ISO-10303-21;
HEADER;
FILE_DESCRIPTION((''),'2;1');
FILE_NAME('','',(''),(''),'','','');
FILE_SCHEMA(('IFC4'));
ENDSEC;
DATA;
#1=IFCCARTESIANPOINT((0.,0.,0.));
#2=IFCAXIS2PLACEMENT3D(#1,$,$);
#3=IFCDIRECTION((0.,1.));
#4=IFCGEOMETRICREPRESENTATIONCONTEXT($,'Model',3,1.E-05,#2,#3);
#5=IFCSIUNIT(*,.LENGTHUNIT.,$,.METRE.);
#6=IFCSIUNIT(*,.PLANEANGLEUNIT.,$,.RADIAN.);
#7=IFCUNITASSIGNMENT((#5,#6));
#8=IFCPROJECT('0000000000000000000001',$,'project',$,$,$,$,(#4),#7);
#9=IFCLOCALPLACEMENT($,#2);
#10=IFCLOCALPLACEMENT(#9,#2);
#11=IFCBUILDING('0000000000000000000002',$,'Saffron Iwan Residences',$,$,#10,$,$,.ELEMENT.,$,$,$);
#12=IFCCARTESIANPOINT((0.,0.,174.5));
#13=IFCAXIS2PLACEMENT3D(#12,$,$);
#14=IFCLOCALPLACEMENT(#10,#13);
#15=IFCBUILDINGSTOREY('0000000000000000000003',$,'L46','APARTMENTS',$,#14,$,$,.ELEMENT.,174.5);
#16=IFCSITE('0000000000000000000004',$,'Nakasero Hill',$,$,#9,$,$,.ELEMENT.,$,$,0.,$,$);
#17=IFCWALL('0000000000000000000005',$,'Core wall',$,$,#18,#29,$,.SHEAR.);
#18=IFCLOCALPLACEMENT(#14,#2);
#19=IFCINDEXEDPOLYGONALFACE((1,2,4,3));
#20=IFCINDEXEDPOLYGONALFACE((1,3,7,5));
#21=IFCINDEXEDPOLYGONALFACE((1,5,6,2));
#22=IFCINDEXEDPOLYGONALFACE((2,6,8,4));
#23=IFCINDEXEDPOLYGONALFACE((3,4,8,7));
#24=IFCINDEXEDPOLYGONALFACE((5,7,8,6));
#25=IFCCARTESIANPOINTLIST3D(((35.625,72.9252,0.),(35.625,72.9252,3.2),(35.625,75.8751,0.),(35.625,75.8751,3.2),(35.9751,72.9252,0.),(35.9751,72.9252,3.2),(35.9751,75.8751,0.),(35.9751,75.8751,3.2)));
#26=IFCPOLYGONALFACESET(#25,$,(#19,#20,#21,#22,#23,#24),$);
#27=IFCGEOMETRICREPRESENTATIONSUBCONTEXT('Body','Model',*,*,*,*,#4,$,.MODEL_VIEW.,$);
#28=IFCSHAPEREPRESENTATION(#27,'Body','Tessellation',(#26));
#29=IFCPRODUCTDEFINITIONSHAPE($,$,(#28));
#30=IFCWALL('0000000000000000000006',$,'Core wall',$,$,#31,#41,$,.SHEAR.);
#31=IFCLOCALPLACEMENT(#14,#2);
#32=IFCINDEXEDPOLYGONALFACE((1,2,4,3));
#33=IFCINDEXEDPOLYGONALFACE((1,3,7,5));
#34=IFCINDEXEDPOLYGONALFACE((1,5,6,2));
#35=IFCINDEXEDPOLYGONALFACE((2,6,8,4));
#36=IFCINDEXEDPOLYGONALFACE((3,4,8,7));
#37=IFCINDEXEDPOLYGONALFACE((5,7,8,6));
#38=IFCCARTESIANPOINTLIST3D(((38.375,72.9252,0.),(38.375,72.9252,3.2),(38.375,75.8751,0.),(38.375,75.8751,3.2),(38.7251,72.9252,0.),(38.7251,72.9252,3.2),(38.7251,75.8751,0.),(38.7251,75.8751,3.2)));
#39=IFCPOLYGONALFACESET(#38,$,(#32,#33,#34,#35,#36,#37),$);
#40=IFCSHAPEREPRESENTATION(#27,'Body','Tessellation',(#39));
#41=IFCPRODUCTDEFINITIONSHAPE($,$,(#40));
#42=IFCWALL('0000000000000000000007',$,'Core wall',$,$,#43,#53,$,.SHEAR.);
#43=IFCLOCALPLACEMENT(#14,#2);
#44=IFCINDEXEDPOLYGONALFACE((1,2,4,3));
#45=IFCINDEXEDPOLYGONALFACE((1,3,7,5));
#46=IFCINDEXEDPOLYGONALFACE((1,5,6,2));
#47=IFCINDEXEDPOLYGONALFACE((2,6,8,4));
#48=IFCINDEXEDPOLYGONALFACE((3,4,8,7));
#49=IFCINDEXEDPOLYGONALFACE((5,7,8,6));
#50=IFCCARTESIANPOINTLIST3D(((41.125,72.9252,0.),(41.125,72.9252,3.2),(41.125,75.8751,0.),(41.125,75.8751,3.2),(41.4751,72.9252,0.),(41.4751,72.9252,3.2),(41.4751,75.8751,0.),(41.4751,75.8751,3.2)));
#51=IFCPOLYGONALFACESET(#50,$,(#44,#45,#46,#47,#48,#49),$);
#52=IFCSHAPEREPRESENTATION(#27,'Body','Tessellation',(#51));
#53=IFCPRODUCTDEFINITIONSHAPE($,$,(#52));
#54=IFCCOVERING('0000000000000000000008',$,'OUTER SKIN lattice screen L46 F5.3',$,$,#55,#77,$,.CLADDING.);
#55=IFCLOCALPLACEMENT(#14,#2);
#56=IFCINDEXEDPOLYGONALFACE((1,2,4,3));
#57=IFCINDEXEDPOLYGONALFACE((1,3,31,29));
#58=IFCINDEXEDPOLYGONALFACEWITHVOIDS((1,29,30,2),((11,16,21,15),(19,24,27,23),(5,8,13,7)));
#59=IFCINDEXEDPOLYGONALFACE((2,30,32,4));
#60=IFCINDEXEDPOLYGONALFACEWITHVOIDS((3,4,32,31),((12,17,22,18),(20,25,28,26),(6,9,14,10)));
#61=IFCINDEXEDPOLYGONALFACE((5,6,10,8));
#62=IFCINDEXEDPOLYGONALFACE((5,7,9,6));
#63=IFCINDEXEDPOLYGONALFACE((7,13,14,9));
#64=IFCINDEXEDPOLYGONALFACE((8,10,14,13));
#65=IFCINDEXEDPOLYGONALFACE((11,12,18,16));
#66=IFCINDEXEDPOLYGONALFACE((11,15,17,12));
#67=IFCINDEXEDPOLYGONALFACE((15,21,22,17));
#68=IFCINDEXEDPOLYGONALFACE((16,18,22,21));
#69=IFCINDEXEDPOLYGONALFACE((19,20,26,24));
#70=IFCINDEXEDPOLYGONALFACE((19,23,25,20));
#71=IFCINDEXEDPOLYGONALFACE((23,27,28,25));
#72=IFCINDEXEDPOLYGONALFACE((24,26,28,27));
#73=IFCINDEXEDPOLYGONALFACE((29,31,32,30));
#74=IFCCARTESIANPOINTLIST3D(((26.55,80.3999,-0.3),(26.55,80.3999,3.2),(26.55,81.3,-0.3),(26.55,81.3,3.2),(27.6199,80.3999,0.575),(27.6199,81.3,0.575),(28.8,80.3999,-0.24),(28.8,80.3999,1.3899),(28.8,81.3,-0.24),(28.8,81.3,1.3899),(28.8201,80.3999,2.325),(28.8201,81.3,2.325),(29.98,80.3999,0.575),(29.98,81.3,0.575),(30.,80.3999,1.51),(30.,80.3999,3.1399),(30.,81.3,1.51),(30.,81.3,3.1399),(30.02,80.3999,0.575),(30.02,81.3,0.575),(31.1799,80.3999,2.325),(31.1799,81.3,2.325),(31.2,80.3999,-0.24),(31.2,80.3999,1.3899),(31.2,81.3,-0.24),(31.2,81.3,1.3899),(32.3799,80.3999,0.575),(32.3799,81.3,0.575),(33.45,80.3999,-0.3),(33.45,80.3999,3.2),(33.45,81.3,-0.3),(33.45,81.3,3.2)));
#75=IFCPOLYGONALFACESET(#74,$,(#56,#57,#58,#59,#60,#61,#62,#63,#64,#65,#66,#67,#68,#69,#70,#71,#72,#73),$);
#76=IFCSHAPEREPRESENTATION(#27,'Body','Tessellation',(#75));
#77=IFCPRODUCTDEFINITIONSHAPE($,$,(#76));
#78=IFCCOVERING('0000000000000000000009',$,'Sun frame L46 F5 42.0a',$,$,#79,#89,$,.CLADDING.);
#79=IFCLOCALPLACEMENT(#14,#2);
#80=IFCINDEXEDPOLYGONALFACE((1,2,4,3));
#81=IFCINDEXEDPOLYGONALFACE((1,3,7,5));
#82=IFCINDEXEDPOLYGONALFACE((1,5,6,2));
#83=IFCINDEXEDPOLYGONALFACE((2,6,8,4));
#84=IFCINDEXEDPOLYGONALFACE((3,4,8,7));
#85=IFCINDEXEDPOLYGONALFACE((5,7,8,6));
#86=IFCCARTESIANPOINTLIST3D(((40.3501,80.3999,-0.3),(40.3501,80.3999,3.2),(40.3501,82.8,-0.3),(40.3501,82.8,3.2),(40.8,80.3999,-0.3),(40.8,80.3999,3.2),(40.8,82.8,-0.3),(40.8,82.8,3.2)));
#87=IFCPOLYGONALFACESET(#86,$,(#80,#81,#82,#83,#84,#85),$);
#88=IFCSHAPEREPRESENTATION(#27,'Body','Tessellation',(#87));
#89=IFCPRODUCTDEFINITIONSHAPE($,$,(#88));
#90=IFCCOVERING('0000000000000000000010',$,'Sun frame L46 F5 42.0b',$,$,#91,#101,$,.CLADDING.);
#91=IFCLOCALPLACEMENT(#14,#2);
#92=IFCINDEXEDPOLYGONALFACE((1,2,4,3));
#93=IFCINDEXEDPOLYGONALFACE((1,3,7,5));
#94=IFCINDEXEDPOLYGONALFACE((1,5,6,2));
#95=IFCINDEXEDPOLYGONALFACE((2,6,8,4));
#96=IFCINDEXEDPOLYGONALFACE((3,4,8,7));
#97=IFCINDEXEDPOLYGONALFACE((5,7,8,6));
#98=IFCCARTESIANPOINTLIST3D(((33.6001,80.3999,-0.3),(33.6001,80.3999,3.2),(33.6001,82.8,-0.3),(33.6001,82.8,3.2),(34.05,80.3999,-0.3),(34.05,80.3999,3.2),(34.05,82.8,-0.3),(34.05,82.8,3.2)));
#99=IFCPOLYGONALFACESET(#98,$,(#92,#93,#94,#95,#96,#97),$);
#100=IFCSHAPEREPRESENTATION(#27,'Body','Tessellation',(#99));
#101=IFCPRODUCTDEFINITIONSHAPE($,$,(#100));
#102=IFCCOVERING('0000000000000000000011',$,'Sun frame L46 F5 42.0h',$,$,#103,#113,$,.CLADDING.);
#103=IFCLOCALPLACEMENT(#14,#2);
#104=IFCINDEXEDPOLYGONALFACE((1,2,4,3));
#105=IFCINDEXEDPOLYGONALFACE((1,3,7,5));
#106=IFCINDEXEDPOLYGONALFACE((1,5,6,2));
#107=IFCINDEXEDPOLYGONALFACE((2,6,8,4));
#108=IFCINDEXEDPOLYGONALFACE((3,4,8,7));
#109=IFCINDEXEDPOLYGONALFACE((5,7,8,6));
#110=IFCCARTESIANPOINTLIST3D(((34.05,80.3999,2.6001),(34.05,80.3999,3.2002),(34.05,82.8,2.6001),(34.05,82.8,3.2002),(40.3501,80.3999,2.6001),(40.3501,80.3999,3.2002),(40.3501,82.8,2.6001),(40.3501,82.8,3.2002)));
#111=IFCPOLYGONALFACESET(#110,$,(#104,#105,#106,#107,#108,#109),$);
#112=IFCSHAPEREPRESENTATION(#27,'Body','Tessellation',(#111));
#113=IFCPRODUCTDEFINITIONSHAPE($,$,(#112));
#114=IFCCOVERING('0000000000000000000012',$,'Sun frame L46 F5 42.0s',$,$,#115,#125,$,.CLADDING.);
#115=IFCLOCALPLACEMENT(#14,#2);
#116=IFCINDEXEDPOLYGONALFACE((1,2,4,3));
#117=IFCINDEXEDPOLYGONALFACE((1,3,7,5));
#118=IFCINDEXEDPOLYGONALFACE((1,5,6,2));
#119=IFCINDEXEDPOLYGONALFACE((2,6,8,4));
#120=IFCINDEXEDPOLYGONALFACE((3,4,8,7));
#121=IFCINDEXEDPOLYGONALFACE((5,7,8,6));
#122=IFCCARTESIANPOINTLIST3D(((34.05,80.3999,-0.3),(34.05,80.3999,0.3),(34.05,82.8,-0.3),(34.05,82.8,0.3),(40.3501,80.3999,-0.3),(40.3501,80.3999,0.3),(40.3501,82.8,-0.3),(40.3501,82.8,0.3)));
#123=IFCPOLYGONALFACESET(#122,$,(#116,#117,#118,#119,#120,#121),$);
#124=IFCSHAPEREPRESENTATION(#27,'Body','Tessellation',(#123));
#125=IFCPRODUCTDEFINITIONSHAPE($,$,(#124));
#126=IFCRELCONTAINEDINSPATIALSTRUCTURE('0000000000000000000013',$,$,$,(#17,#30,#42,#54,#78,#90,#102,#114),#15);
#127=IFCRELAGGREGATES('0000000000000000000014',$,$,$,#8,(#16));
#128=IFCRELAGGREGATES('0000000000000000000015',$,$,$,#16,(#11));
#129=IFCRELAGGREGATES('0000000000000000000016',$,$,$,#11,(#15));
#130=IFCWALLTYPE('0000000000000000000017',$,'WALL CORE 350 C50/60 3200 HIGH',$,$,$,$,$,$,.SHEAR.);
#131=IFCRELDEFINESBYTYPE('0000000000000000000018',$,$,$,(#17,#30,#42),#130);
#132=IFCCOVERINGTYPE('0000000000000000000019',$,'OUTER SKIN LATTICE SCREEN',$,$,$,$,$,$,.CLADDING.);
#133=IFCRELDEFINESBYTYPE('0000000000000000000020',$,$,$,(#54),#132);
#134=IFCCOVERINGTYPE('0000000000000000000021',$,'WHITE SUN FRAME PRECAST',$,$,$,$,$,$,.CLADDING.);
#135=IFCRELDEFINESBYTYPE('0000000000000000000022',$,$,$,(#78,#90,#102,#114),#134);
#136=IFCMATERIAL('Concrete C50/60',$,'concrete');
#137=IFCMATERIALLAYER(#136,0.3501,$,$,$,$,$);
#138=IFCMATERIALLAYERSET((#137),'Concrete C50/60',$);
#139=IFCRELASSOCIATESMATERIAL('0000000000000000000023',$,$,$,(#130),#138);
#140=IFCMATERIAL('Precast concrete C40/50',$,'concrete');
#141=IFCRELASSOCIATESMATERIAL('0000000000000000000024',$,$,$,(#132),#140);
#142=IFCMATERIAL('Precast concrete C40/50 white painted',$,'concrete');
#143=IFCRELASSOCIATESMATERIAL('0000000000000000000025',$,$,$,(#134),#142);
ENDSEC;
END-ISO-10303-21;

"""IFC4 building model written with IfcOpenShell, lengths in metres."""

from ifc_helpers import new_model, si_unit, direction, frame, frame_2d, origin, place, context, subcontext, project, spatial, polyline, rectangle, outline, extrude, material, layer, layer_set, type_object, element, save


model = new_model("IFC4")

# Units and contexts
model_context = context("Model", 3, precision=1e-05, world=origin(), true_north=direction((0.0, 1.0)))
body_context = subcontext(model_context, "Body", "Model", "MODEL_VIEW")
ifc_project = project(units=[si_unit("LENGTHUNIT", "METRE"), si_unit("PLANEANGLEUNIT", "RADIAN")], contexts=[model_context])

# Site, building, storey
site_placement = place(None, origin())
site = spatial("IfcSite", under=ifc_project, at=site_placement, Name="Nakasero Hill", CompositionType="ELEMENT", RefElevation=0.0)
building_placement = place(site_placement, origin())
building = spatial("IfcBuilding", under=site, at=building_placement, Name="Saffron Iwan Residences", CompositionType="ELEMENT")
storey_placement = place(building_placement, frame((0.0, 0.0, 174.5)))
storey = spatial("IfcBuildingStorey", under=building, at=storey_placement, Name="L46", Description="APARTMENTS", CompositionType="ELEMENT", Elevation=174.5)

# Shared definitions
ifc_material_1 = material(Name="Concrete C50/60", Category="concrete")

# Shared definitions
ifc_layer_1 = layer(ifc_material_1, 0.3501)
ifc_layer_set_1 = layer_set([ifc_layer_1], Name="Concrete C50/60")
wall_type_1 = type_object("IfcWallType", Name="WALL CORE 350 C50/60 3200 HIGH", PredefinedType="SHEAR", material=ifc_layer_set_1)

# Walls
for number, where, z_axis, x_axis, name in (
    (1, (35.8, 72.925, 0.0), (0.0, 0.0, 1.0), (0.0, 1.0, 0.0), "Core wall"),
    (2, (38.55, 72.925, 0.0), (0.0, 0.0, 1.0), (0.0, 1.0, 0.0), "Core wall"),
    (3, (41.3, 72.925, 0.0), (0.0, 0.0, 1.0), (0.0, 1.0, 0.0), "Core wall"),
):
    element("IfcWall", number, at=place(storey_placement, frame(where, z_axis=z_axis, x_axis=x_axis)), inside=storey, type_object=wall_type_1, Name=name, PredefinedType="SHEAR", context=body_context, shape_type="SweptSolid", body=[
        extrude(rectangle(XDim=2.95, YDim=0.3501, at=frame_2d((1.4751, 0.0))), origin(), (0.0, 0.0, 1.0), 3.2),
    ])

# Coverings
ifc_material_2 = material(Name="Precast concrete C40/50", Category="concrete")
covering_type_1 = type_object("IfcCoveringType", Name="OUTER SKIN LATTICE SCREEN", PredefinedType="CLADDING", material=ifc_material_2)
covering_placement = place(storey_placement, frame((33.45, 80.3999, -0.3), z_axis=(0.0, 1.0, 0.0), x_axis=(-1.0, 0.0, 0.0)))
element("IfcCovering", 4, at=covering_placement, inside=storey, type_object=covering_type_1, Name="OUTER SKIN lattice screen L46 F5.3", PredefinedType="CLADDING", context=body_context, shape_type="SweptSolid", body=[
    extrude(outline(polyline([(0.0, 0.0), (6.8999, 0.0), (6.8999, 3.5), (0.0, 3.5), (0.0, 0.0)]), holes=[polyline([(1.0701, 0.875), (2.25, 0.0601), (3.4299, 0.875), (2.25, 1.6899), (1.0701, 0.875)]), polyline([(3.47, 0.875), (4.6499, 0.0601), (5.8301, 0.875), (4.6499, 1.6899), (3.47, 0.875)]), polyline([(2.27, 2.625), (3.45, 1.8101), (4.6299, 2.625), (3.45, 3.4399), (2.27, 2.625)])]), origin(), (0.0, 0.0, 1.0), 0.9001),
])
ifc_material_3 = material(Name="Precast concrete C40/50 white painted", Category="concrete")
covering_type_2 = type_object("IfcCoveringType", Name="WHITE SUN FRAME PRECAST", PredefinedType="CLADDING", material=ifc_material_3)
for number, where, z_axis, x_axis, name in (
    (5, (40.8, 80.3999, -0.3), (0.0, 1.0, 0.0), (-1.0, 0.0, 0.0), "Sun frame L46 F5 42.0a"),
    (6, (34.05, 80.3999, -0.3), (0.0, 1.0, 0.0), (-1.0, 0.0, 0.0), "Sun frame L46 F5 42.0b"),
):
    element("IfcCovering", number, at=place(storey_placement, frame(where, z_axis=z_axis, x_axis=x_axis)), inside=storey, type_object=covering_type_2, Name=name, PredefinedType="CLADDING", context=body_context, shape_type="SweptSolid", body=[
        extrude(outline(polyline([(0.0, 0.0), (0.45, 0.0), (0.45, 3.5), (0.0, 3.5), (0.0, 0.0)])), origin(), (0.0, 0.0, 1.0), 2.4001),
    ])
for number, where, z_axis, x_axis, name in (
    (7, (40.3501, 80.3999, 2.6001), (0.0, 1.0, 0.0), (-1.0, 0.0, 0.0), "Sun frame L46 F5 42.0h"),
    (8, (40.3501, 80.3999, -0.3), (0.0, 1.0, 0.0), (-1.0, 0.0, 0.0), "Sun frame L46 F5 42.0s"),
):
    element("IfcCovering", number, at=place(storey_placement, frame(where, z_axis=z_axis, x_axis=x_axis)), inside=storey, type_object=covering_type_2, Name=name, PredefinedType="CLADDING", context=body_context, shape_type="SweptSolid", body=[
        extrude(outline(polyline([(0.0, 0.0), (6.3, 0.0), (6.3, 0.6001), (0.0, 0.6001), (0.0, 0.0)])), origin(), (0.0, 0.0, 1.0), 2.4001),
    ])

save(model, "model.ifc")
